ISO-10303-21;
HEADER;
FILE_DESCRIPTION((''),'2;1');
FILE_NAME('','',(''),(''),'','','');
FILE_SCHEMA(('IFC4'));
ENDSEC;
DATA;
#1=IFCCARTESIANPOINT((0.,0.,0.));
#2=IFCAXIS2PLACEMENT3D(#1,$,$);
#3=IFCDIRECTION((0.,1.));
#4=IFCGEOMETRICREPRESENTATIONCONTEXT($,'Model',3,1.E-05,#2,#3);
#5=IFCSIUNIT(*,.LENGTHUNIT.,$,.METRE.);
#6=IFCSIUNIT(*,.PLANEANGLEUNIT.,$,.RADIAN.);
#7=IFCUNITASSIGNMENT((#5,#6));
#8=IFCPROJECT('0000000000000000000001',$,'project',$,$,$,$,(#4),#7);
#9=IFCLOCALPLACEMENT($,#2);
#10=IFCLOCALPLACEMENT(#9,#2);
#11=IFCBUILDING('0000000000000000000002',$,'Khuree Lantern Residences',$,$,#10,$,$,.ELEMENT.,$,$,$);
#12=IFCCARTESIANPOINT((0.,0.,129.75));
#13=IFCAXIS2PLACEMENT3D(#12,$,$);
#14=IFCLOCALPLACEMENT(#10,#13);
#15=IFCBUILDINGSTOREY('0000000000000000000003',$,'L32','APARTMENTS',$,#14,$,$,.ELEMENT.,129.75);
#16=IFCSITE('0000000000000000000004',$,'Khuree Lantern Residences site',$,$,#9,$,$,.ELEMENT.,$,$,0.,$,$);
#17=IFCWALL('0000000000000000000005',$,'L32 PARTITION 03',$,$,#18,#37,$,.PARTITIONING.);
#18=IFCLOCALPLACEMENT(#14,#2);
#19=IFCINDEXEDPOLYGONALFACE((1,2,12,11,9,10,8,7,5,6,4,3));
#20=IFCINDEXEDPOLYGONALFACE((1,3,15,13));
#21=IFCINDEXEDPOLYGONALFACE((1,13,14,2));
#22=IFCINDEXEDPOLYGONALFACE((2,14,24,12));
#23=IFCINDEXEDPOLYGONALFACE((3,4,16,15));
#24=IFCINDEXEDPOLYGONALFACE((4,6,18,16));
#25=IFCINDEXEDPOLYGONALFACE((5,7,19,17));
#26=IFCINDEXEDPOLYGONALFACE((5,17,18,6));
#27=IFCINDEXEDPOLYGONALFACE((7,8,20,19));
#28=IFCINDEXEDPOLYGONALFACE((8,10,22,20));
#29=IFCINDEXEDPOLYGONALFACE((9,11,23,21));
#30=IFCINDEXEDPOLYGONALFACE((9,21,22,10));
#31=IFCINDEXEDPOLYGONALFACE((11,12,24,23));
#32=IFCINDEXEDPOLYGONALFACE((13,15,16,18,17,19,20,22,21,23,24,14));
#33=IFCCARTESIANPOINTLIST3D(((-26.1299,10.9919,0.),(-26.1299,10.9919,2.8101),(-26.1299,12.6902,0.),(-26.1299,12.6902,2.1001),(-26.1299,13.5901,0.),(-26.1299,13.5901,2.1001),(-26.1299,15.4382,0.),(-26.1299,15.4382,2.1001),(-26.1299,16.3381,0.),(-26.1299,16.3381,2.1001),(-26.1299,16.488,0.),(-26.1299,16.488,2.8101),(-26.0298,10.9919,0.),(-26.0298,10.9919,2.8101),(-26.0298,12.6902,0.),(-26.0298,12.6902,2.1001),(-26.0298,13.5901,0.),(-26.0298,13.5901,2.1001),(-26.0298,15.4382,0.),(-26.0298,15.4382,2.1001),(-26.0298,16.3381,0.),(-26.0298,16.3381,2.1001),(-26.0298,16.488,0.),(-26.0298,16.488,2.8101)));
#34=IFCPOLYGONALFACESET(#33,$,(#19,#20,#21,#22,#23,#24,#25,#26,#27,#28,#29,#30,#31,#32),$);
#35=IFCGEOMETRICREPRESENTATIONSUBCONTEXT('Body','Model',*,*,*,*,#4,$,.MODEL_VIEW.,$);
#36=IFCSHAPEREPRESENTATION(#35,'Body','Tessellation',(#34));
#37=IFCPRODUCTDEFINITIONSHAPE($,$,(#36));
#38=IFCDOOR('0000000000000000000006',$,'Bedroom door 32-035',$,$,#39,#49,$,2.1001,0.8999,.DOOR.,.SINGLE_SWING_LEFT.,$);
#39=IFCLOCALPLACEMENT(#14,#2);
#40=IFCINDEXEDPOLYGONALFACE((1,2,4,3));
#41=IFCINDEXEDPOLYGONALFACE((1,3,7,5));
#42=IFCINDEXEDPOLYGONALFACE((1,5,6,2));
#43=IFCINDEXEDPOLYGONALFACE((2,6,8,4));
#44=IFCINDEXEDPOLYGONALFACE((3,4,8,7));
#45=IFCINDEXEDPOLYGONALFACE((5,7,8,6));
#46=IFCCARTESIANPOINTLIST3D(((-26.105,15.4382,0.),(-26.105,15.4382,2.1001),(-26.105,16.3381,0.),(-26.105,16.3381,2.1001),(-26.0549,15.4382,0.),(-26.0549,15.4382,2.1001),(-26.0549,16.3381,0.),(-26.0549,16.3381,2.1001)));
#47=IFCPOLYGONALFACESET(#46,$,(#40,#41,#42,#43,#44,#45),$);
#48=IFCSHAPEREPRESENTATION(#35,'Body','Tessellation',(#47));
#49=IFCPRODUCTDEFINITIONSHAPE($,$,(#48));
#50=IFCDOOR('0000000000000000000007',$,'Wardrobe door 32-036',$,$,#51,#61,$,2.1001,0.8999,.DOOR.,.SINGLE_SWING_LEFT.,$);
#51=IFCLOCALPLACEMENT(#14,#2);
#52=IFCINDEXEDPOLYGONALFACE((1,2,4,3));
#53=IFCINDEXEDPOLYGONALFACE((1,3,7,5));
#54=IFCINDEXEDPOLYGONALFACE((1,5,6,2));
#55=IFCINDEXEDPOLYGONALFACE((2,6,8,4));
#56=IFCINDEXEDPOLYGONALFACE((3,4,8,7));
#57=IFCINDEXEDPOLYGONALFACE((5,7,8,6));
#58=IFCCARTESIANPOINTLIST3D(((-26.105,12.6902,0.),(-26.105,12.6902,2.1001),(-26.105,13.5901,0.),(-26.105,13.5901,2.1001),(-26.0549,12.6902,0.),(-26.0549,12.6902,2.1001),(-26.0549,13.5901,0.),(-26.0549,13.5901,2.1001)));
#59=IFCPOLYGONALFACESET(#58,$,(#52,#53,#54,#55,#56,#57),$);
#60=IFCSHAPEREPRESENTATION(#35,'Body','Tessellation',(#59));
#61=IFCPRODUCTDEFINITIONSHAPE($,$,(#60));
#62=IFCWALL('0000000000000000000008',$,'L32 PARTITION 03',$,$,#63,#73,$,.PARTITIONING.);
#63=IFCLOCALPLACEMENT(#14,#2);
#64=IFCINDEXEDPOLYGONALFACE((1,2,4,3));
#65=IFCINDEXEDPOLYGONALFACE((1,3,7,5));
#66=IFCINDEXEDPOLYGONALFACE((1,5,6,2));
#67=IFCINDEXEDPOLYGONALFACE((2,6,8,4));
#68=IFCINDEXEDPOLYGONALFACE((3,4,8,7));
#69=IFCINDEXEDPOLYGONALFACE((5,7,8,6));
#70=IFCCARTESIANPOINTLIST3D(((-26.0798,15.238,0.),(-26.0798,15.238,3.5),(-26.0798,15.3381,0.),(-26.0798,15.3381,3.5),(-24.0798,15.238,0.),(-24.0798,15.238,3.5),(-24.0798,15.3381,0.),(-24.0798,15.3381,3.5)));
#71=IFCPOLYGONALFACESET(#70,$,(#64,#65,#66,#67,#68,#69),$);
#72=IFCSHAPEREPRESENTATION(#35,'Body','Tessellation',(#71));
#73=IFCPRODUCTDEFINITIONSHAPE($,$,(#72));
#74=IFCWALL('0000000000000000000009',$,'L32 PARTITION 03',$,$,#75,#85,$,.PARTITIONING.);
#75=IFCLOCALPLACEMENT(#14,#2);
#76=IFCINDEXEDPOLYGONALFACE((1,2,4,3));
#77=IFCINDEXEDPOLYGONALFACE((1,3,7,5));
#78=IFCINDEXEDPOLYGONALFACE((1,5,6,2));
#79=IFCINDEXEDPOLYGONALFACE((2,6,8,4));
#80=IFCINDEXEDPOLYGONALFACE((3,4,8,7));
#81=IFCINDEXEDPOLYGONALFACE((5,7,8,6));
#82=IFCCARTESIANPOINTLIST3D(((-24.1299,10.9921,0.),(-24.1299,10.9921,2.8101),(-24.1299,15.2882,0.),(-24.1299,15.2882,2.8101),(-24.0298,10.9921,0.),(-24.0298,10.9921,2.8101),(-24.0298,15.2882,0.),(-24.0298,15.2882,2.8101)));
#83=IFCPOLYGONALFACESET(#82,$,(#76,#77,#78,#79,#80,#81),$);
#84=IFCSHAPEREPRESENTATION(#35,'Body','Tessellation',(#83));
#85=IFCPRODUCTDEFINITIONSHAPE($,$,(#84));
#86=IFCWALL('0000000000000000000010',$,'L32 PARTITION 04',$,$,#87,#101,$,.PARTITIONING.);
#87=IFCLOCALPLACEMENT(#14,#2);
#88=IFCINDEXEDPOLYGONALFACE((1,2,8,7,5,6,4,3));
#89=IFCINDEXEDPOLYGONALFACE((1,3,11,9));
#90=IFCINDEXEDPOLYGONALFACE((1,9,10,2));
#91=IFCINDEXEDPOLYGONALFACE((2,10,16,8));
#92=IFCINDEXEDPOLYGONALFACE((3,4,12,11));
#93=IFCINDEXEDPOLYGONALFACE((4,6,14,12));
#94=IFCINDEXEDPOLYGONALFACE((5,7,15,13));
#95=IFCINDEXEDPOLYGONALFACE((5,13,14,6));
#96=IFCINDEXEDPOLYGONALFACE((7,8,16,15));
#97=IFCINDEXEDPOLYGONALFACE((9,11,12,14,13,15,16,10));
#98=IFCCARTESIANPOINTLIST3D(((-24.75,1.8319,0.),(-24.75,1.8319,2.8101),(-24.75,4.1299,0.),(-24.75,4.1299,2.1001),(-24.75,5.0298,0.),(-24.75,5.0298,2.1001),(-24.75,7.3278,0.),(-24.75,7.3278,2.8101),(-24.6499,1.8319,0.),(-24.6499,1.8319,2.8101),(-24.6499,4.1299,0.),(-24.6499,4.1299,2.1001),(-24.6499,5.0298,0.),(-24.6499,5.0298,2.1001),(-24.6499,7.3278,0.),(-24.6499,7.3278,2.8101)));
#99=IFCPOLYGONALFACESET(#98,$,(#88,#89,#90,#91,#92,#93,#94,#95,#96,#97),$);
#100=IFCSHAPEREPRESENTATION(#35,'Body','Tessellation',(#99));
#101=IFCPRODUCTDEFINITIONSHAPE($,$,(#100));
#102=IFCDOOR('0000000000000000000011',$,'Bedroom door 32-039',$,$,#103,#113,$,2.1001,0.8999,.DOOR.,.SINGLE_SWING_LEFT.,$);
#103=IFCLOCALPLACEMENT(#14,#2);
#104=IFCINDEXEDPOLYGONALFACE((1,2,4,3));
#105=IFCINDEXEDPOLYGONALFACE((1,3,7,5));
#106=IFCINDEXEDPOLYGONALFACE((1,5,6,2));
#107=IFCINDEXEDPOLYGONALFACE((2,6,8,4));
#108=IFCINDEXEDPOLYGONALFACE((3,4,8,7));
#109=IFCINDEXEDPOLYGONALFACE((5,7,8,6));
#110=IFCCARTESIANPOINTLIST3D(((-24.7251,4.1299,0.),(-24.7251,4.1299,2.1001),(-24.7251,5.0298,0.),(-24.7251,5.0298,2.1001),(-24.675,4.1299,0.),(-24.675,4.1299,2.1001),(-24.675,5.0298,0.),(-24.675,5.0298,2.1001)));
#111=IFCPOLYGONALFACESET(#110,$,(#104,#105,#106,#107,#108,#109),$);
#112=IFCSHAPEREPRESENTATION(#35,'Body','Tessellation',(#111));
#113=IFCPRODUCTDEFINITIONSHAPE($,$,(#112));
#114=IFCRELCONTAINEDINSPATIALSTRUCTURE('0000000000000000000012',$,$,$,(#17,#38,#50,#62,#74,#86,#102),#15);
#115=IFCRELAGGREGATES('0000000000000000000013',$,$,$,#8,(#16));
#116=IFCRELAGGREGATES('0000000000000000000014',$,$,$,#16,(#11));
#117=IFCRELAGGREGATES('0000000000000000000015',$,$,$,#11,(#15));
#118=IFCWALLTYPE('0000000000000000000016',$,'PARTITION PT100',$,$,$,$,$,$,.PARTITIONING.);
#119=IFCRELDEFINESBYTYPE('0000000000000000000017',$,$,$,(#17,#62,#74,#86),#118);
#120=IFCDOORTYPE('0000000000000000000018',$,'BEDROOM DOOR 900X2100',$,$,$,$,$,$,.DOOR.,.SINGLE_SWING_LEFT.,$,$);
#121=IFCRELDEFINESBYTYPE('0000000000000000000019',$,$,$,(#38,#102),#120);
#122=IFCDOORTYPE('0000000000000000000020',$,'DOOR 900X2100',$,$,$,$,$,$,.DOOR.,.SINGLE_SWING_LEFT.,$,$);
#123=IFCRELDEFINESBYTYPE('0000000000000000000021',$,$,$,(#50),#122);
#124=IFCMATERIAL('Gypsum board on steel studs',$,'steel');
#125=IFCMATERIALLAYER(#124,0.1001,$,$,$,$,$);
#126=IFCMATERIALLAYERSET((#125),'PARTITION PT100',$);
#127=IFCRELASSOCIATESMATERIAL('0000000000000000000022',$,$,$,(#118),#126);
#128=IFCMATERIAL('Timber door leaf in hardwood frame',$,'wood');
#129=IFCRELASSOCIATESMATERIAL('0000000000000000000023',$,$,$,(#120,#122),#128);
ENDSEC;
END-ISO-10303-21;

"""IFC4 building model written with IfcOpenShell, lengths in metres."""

from ifc_helpers import new_model, si_unit, direction, frame, frame_2d, origin, place, context, subcontext, project, spatial, rectangle, extrude, material, layer, layer_set, type_object, element, fill, save


model = new_model("IFC4")

# Units and contexts
model_context = context("Model", 3, precision=1e-05, world=origin(), true_north=direction((0.0, 1.0)))
body_context = subcontext(model_context, "Body", "Model", "MODEL_VIEW")
ifc_project = project(units=[si_unit("LENGTHUNIT", "METRE"), si_unit("PLANEANGLEUNIT", "RADIAN")], contexts=[model_context])

# Site, building, storey
site_placement = place(None, origin())
site = spatial("IfcSite", under=ifc_project, at=site_placement, Name="Khuree Lantern Residences site", CompositionType="ELEMENT", RefElevation=0.0)
building_placement = place(site_placement, origin())
building = spatial("IfcBuilding", under=site, at=building_placement, Name="Khuree Lantern Residences", CompositionType="ELEMENT")
storey_placement = place(building_placement, frame((0.0, 0.0, 129.75)))
storey = spatial("IfcBuildingStorey", under=building, at=storey_placement, Name="L32", Description="APARTMENTS", CompositionType="ELEMENT", Elevation=129.75)

# Shared definitions
ifc_material_1 = material(Name="Timber door leaf in hardwood frame", Category="wood")

# Shared definitions
ifc_material_2 = material(Name="Gypsum board on steel studs", Category="steel")
ifc_layer_1 = layer(ifc_material_2, 0.1001)
ifc_layer_set_1 = layer_set([ifc_layer_1], Name="PARTITION PT100")
wall_type_1 = type_object("IfcWallType", Name="PARTITION PT100", PredefinedType="PARTITIONING", material=ifc_layer_set_1)

# Wall, openings, doors
wall_1_placement = place(storey_placement, frame((-26.0798, 16.488, 0.0), z_axis=(0.0, 0.0, 1.0), x_axis=(0.0, -1.0, 0.0)))
wall_1 = element("IfcWall", 1, at=wall_1_placement, inside=storey, type_object=wall_type_1, Name="L32 PARTITION 03", PredefinedType="PARTITIONING", context=body_context, shape_type="SweptSolid", body=[
    extrude(rectangle(XDim=5.4961, YDim=0.1001, at=frame_2d((2.748, 0.0))), origin(), (0.0, 0.0, 1.0), 2.8101),
])
opening_1_placement = place(wall_1_placement, frame((0.1499, 0.0, 0.0)))
opening_1 = element("IfcOpeningElement", 2, at=opening_1_placement, cuts=wall_1, PredefinedType="OPENING", context=body_context, shape_type="SweptSolid", body=[
    extrude(rectangle(XDim=0.8999, YDim=2.1001, at=frame_2d((0.45, 1.05))), frame((0.0, 0.0601, 0.0), z_axis=(0.0, -1.0, 0.0), x_axis=(1.0, 0.0, 0.0)), (0.0, 0.0, 1.0), 0.1201),
])
opening_2_placement = place(wall_1_placement, frame((2.8979, 0.0, 0.0)))
opening_2 = element("IfcOpeningElement", 3, at=opening_2_placement, cuts=wall_1, PredefinedType="OPENING", context=body_context, shape_type="SweptSolid", body=[
    extrude(rectangle(XDim=0.8999, YDim=2.1001, at=frame_2d((0.45, 1.05))), frame((0.0, 0.0601, 0.0), z_axis=(0.0, -1.0, 0.0), x_axis=(1.0, 0.0, 0.0)), (0.0, 0.0, 1.0), 0.1201),
])
door_type_1 = type_object("IfcDoorType", Name="BEDROOM DOOR 900X2100", OperationType="SINGLE_SWING_LEFT", PredefinedType="DOOR", material=ifc_material_1)
door_1_placement = place(opening_1_placement, origin())
door_1 = element("IfcDoor", 4, at=door_1_placement, inside=storey, type_object=door_type_1, Name="Bedroom door 32-035", OperationType="SINGLE_SWING_LEFT", OverallHeight=2.1001, OverallWidth=0.8999, PredefinedType="DOOR", context=body_context, shape_type="SweptSolid", body=[
    extrude(rectangle(XDim=0.8999, YDim=2.1001, at=frame_2d((0.45, 1.05))), frame((0.0, 0.0249, 0.0), z_axis=(0.0, -1.0, 0.0), x_axis=(1.0, 0.0, 0.0)), (0.0, 0.0, 1.0), 0.05),
])
fill(opening_1, door_1)
door_type_2 = type_object("IfcDoorType", Name="DOOR 900X2100", OperationType="SINGLE_SWING_LEFT", PredefinedType="DOOR", material=ifc_material_1)
door_2_placement = place(opening_2_placement, origin())
door_2 = element("IfcDoor", 5, at=door_2_placement, inside=storey, type_object=door_type_2, Name="Wardrobe door 32-036", OperationType="SINGLE_SWING_LEFT", OverallHeight=2.1001, OverallWidth=0.8999, PredefinedType="DOOR", context=body_context, shape_type="SweptSolid", body=[
    extrude(rectangle(XDim=0.8999, YDim=2.1001, at=frame_2d((0.45, 1.05))), frame((0.0, 0.0249, 0.0), z_axis=(0.0, -1.0, 0.0), x_axis=(1.0, 0.0, 0.0)), (0.0, 0.0, 1.0), 0.05),
])
fill(opening_2, door_2)

# Walls
wall_2_placement = place(storey_placement, frame((-24.0798, 15.2881, 0.0), z_axis=(0.0, 0.0, 1.0), x_axis=(-1.0, 0.0, 0.0)))
element("IfcWall", 6, at=wall_2_placement, inside=storey, type_object=wall_type_1, Name="L32 PARTITION 03", PredefinedType="PARTITIONING", context=body_context, shape_type="SweptSolid", body=[
    extrude(rectangle(XDim=2.0, YDim=0.1001, at=frame_2d((1.0, 0.0))), origin(), (0.0, 0.0, 1.0), 3.5),
])
wall_3_placement = place(storey_placement, frame((-24.0798, 15.2881, 0.0), z_axis=(0.0, 0.0, 1.0), x_axis=(0.0, -1.0, 0.0)))
element("IfcWall", 7, at=wall_3_placement, inside=storey, type_object=wall_type_1, Name="L32 PARTITION 03", PredefinedType="PARTITIONING", context=body_context, shape_type="SweptSolid", body=[
    extrude(rectangle(XDim=4.2961, YDim=0.1001, at=frame_2d((2.1479, 0.0))), origin(), (0.0, 0.0, 1.0), 2.8101),
])

# Wall, opening, door
wall_4_placement = place(storey_placement, frame((-24.7, 7.3279, 0.0), z_axis=(0.0, 0.0, 1.0), x_axis=(0.0, -1.0, 0.0)))
wall_4 = element("IfcWall", 8, at=wall_4_placement, inside=storey, type_object=wall_type_1, Name="L32 PARTITION 04", PredefinedType="PARTITIONING", context=body_context, shape_type="SweptSolid", body=[
    extrude(rectangle(XDim=5.4958, YDim=0.1001, at=frame_2d((2.748, 0.0))), origin(), (0.0, 0.0, 1.0), 2.8101),
])
opening_3_placement = place(wall_4_placement, frame((2.2981, 0.0, 0.0)))
opening_3 = element("IfcOpeningElement", 9, at=opening_3_placement, cuts=wall_4, PredefinedType="OPENING", context=body_context, shape_type="SweptSolid", body=[
    extrude(rectangle(XDim=0.8999, YDim=2.1001, at=frame_2d((0.45, 1.05))), frame((0.0, 0.0601, 0.0), z_axis=(0.0, -1.0, 0.0), x_axis=(1.0, 0.0, 0.0)), (0.0, 0.0, 1.0), 0.1201),
])
door_3_placement = place(opening_3_placement, origin())
door_3 = element("IfcDoor", 10, at=door_3_placement, inside=storey, type_object=door_type_1, Name="Bedroom door 32-039", OperationType="SINGLE_SWING_LEFT", OverallHeight=2.1001, OverallWidth=0.8999, PredefinedType="DOOR", context=body_context, shape_type="SweptSolid", body=[
    extrude(rectangle(XDim=0.8999, YDim=2.1001, at=frame_2d((0.45, 1.05))), frame((0.0, 0.0249, 0.0), z_axis=(0.0, -1.0, 0.0), x_axis=(1.0, 0.0, 0.0)), (0.0, 0.0, 1.0), 0.05),
])
fill(opening_3, door_3)

save(model, "model.ifc")
